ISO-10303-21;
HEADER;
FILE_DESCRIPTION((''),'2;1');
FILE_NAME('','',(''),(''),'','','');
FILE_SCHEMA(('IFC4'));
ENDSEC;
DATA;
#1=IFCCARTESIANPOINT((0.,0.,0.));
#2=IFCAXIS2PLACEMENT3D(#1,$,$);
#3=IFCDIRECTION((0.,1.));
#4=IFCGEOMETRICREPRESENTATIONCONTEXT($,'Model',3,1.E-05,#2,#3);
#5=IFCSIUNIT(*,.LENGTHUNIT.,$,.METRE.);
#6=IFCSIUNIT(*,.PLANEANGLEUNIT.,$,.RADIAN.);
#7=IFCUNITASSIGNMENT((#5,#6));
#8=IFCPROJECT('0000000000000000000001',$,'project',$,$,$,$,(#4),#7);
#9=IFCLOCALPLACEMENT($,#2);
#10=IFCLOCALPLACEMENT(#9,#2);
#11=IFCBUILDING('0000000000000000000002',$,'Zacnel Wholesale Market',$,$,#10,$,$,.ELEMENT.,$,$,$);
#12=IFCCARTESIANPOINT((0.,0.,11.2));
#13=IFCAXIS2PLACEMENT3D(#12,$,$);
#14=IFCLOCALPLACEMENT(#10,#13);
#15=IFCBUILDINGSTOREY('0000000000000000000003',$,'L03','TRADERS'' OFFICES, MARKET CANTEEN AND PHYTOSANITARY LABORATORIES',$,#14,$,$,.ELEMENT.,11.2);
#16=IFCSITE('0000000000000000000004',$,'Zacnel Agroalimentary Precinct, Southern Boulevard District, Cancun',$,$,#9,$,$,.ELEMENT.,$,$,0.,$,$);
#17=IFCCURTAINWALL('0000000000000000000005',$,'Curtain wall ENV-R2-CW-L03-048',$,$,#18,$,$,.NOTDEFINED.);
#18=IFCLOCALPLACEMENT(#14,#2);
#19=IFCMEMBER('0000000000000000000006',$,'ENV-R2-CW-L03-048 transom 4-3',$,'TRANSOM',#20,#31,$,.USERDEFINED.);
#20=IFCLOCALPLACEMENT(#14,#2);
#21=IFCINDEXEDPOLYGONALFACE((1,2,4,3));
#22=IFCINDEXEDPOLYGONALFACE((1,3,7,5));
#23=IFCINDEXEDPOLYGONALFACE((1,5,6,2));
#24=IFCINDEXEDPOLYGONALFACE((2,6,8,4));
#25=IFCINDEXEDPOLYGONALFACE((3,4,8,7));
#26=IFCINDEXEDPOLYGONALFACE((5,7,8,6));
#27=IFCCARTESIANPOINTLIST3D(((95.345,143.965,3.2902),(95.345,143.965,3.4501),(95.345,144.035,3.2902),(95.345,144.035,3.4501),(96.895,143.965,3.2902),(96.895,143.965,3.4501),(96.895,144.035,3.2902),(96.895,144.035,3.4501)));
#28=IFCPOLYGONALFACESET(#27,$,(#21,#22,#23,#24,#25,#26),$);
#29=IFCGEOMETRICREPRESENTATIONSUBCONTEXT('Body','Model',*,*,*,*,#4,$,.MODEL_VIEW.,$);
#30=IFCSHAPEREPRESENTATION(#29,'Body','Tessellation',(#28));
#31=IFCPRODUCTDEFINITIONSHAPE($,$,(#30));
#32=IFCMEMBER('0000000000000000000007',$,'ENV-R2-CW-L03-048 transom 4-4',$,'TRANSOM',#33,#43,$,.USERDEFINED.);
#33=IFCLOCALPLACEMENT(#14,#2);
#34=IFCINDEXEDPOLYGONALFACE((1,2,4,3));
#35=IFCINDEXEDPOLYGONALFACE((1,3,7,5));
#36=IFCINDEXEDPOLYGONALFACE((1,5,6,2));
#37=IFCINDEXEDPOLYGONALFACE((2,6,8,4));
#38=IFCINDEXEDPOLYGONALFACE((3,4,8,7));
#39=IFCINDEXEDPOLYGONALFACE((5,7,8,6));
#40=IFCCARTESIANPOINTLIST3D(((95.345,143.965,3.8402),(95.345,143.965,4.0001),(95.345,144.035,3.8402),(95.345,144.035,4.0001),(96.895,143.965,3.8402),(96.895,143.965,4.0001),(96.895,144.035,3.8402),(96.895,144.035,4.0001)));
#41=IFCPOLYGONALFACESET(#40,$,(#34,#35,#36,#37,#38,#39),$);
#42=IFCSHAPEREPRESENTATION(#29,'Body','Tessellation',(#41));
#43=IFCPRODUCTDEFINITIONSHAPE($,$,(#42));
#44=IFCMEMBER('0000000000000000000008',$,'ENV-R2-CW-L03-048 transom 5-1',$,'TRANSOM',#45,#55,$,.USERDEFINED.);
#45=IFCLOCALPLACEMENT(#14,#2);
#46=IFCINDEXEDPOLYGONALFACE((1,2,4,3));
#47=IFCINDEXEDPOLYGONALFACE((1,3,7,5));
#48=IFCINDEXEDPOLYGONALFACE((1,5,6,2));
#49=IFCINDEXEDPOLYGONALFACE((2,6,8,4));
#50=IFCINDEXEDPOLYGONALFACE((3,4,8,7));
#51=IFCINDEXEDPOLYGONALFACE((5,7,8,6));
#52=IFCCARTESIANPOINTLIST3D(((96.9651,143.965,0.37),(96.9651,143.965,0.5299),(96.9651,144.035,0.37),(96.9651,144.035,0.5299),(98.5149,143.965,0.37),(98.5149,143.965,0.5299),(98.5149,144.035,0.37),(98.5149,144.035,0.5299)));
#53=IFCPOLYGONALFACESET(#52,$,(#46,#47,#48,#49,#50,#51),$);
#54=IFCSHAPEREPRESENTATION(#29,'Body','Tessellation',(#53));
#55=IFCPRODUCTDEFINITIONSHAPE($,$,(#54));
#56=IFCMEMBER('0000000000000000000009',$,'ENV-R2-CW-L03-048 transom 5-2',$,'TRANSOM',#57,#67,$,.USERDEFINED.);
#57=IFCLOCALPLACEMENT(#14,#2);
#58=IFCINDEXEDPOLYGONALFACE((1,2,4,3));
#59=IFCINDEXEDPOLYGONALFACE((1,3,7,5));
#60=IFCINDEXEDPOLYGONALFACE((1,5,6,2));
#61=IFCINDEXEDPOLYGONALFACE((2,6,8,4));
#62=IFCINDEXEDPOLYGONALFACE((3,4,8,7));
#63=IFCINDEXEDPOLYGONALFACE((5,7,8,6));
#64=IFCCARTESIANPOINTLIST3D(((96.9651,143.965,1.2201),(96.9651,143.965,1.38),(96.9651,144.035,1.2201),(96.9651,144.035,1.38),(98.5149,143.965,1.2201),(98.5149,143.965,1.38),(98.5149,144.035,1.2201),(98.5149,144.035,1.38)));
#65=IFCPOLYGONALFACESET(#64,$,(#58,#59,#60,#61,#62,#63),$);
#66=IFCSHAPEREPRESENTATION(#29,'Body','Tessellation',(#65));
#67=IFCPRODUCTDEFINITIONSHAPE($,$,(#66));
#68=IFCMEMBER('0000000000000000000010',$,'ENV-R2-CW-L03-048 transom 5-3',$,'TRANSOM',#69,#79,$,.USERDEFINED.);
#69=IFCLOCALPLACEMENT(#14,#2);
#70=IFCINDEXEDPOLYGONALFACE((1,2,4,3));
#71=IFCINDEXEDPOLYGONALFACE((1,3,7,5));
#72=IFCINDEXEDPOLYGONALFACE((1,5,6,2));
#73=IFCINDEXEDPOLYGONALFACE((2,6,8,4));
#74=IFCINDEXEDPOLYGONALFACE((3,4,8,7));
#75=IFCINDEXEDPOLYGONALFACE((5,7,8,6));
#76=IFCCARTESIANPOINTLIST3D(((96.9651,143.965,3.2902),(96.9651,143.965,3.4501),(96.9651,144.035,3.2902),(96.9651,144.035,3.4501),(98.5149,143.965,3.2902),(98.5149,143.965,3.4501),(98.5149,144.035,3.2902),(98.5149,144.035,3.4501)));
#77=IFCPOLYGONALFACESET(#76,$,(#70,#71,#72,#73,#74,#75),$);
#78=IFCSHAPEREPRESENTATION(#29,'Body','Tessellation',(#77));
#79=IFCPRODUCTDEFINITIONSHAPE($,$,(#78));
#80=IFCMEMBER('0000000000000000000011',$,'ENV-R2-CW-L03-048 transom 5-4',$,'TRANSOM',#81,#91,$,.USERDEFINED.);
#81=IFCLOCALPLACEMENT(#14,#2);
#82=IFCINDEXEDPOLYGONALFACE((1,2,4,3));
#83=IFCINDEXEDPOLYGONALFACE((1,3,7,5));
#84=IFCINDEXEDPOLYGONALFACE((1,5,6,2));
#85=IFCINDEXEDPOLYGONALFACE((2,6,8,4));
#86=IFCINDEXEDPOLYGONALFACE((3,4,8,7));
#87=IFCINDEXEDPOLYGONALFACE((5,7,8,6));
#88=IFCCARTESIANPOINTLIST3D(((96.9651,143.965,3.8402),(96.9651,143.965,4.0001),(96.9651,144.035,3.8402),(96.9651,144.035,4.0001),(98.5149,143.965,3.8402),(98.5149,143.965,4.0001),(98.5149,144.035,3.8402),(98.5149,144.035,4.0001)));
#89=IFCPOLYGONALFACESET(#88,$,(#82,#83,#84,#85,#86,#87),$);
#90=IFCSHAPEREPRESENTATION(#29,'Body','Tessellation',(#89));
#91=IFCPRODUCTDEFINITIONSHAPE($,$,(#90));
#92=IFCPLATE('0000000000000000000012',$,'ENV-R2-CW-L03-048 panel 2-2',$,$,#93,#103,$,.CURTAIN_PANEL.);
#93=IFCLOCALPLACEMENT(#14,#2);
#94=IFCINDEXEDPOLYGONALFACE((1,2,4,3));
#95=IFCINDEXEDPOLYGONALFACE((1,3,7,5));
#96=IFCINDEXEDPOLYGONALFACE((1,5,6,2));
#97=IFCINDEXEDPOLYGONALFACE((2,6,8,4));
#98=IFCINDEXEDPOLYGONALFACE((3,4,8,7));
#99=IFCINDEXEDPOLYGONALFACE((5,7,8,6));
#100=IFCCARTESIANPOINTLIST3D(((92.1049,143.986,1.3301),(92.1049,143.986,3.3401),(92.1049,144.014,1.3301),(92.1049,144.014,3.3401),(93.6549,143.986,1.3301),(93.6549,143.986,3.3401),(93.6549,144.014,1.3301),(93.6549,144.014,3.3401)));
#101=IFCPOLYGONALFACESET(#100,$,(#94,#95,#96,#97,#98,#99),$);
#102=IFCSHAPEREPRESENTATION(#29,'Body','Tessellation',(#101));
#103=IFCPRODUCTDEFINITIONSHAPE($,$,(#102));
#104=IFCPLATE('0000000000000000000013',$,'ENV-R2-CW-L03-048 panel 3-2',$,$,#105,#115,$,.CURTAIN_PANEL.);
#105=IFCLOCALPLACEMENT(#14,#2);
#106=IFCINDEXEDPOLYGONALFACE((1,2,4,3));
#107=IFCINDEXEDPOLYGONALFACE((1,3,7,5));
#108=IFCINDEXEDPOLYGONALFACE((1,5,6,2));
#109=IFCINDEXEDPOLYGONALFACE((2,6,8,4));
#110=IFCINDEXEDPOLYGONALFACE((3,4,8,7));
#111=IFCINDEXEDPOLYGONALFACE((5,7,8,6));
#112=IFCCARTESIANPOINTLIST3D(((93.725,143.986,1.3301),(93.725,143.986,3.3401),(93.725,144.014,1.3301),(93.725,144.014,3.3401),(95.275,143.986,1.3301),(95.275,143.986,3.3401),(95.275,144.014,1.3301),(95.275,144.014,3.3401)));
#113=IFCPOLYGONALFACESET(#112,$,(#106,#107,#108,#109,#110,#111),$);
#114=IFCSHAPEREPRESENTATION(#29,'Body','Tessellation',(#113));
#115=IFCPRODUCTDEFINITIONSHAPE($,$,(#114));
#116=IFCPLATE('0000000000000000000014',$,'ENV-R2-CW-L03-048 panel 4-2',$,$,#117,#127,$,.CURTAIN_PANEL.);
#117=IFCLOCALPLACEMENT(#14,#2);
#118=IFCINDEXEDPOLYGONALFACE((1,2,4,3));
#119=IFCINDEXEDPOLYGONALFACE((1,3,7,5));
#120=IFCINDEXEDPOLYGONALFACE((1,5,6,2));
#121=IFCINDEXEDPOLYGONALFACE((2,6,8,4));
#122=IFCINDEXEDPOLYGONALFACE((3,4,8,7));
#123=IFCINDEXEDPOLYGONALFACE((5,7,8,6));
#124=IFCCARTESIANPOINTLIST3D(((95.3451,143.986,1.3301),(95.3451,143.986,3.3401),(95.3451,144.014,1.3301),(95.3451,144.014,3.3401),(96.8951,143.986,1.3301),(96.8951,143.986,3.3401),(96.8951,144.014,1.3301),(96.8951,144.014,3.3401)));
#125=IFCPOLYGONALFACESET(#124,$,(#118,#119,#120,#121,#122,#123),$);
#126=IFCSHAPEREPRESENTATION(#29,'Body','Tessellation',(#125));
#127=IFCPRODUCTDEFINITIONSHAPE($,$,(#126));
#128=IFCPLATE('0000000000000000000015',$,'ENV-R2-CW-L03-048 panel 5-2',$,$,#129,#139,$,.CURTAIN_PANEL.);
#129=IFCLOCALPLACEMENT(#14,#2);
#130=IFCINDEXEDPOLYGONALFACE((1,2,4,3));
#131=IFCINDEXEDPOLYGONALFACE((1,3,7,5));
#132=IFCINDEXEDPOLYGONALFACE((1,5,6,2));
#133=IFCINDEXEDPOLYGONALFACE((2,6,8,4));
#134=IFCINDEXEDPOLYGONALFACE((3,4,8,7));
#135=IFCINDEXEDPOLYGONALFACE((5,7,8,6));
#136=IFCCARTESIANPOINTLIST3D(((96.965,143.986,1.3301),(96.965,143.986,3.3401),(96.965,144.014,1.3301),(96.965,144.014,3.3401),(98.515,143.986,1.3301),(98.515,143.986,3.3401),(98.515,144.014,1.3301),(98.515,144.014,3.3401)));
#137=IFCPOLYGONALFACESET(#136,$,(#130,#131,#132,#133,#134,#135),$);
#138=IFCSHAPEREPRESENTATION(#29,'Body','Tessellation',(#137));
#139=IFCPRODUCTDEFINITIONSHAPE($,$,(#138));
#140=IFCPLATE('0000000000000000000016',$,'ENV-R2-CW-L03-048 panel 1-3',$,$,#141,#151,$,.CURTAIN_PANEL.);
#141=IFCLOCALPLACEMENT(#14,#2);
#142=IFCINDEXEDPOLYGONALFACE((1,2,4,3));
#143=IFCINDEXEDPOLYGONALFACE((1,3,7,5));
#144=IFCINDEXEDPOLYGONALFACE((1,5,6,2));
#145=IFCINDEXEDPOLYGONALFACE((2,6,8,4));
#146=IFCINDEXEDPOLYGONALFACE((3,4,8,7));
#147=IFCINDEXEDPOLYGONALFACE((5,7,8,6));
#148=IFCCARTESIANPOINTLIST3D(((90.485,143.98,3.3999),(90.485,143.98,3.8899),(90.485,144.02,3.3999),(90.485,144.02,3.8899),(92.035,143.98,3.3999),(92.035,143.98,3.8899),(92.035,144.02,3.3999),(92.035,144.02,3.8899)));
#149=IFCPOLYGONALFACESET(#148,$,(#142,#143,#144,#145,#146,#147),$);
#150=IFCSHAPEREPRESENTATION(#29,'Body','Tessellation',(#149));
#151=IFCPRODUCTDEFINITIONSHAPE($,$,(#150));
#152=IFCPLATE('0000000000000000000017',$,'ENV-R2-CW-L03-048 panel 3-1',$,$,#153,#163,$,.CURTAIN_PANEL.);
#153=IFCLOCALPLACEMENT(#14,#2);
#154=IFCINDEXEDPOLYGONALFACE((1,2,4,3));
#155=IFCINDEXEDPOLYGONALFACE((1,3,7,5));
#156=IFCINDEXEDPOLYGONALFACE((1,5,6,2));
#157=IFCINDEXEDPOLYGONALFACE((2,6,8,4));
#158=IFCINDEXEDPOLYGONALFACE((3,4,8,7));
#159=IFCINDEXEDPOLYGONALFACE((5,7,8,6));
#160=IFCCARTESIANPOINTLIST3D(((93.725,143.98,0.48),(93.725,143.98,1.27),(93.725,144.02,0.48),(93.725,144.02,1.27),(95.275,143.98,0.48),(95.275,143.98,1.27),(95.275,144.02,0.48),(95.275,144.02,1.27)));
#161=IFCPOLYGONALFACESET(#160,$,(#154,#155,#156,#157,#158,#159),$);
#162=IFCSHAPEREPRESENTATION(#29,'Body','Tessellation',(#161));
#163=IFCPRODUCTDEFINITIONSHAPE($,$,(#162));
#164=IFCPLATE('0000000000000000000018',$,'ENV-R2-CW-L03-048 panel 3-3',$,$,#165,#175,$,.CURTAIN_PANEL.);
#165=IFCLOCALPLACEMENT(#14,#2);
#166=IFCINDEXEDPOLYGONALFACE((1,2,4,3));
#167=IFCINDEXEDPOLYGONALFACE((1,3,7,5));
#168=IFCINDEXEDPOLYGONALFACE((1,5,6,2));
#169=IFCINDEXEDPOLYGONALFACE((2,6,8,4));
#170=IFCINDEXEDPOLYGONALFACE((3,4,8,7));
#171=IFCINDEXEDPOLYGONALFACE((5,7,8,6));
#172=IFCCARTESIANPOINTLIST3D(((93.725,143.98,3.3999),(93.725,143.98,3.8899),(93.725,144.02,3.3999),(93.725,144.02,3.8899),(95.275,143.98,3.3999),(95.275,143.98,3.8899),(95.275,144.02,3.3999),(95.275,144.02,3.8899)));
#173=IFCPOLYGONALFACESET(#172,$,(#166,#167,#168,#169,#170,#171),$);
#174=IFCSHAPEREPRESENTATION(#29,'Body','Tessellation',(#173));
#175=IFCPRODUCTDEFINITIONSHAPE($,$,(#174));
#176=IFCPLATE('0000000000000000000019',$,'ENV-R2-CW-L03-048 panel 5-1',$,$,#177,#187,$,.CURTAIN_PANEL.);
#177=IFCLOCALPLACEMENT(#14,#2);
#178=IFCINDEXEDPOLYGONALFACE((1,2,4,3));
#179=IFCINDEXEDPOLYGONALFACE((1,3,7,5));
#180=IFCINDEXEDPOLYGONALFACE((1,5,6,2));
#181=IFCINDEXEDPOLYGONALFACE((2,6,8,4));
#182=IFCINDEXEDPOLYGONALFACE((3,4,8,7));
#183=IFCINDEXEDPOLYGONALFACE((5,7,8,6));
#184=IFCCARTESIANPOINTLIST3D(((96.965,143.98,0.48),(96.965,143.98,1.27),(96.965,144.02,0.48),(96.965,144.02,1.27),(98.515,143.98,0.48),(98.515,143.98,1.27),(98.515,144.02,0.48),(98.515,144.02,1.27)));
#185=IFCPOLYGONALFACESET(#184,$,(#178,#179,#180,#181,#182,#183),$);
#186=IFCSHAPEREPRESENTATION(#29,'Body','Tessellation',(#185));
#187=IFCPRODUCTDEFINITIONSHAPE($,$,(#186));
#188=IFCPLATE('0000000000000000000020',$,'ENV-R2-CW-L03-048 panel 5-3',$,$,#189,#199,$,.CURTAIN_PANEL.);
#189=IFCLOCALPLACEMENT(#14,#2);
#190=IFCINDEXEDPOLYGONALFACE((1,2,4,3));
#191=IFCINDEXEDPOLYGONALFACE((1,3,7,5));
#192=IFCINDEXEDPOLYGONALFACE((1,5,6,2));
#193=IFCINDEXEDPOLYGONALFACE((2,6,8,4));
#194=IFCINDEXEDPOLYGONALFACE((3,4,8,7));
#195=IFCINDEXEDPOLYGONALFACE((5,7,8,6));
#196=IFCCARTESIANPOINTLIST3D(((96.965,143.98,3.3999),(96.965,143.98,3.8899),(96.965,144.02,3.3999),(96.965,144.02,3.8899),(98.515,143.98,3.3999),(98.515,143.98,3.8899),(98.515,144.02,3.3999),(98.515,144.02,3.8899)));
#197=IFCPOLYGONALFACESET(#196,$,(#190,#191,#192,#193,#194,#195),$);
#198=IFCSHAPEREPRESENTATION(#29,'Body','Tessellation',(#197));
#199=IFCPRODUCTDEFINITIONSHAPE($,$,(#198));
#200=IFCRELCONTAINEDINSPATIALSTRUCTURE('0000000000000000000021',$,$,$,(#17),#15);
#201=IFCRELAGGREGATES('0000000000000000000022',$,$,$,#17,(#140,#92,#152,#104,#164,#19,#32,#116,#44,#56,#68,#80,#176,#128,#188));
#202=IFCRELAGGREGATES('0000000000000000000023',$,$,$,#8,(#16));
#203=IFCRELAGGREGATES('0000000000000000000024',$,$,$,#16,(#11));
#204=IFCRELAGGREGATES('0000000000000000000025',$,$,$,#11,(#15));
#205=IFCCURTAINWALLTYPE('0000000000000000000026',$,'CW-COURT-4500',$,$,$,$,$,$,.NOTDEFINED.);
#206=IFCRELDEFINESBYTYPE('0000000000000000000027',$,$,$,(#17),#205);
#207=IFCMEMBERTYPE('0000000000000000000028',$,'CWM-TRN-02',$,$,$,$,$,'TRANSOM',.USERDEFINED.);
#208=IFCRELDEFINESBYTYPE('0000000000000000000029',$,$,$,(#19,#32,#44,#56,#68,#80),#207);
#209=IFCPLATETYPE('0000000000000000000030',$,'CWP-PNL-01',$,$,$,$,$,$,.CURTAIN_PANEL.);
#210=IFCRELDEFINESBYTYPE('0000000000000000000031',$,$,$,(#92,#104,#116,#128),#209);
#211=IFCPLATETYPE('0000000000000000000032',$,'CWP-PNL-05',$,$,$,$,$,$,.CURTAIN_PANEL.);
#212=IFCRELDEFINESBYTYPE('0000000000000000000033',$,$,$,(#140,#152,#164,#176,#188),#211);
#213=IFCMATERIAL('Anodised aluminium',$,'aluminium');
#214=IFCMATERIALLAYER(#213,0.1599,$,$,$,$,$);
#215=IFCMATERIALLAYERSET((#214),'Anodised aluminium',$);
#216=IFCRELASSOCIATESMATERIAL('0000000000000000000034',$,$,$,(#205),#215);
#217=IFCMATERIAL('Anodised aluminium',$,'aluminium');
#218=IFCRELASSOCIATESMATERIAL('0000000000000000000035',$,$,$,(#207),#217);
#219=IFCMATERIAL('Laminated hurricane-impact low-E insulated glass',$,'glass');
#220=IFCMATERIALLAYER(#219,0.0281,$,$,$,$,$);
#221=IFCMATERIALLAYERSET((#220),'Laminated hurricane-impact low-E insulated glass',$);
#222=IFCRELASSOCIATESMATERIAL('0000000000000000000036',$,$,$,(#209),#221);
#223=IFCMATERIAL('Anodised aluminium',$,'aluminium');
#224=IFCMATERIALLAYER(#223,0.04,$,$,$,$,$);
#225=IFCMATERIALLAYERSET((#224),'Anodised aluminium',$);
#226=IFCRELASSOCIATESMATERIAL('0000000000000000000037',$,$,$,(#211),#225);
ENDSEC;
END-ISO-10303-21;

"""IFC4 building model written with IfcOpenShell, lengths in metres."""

from ifc_helpers import new_model, si_unit, direction, frame, origin, origin_2d, place, context, subcontext, project, spatial, rectangle, extrude, material, layer, layer_set, material_profile, profile_set, type_object, element, aggregate, save


model = new_model("IFC4")

# Units and contexts
model_context = context("Model", 3, precision=1e-05, world=origin(), true_north=direction((0.0, 1.0)))
body_context = subcontext(model_context, "Body", "Model", "MODEL_VIEW")
ifc_project = project(units=[si_unit("LENGTHUNIT", "METRE"), si_unit("PLANEANGLEUNIT", "RADIAN")], contexts=[model_context])

# Site, building, storey
site_placement = place(None, origin())
site = spatial("IfcSite", under=ifc_project, at=site_placement, Name="Zacnel Agroalimentary Precinct, Southern Boulevard District, Cancun", CompositionType="ELEMENT", RefElevation=0.0)
building_placement = place(site_placement, origin())
building = spatial("IfcBuilding", under=site, at=building_placement, Name="Zacnel Wholesale Market", CompositionType="ELEMENT")
storey_placement = place(building_placement, frame((0.0, 0.0, 11.2)))
storey = spatial("IfcBuildingStorey", under=building, at=storey_placement, Name="L03", Description="TRADERS' OFFICES, MARKET CANTEEN AND PHYTOSANITARY LABORATORIES", CompositionType="ELEMENT", Elevation=11.2)

# Curtain wall, members, plates
ifc_material_1 = material(Name="Anodised aluminium", Category="aluminium")
ifc_layer_1 = layer(ifc_material_1, 0.1599)
ifc_layer_set_1 = layer_set([ifc_layer_1], Name="Anodised aluminium")
curtain_wall_type = type_object("IfcCurtainWallType", Name="CW-COURT-4500", PredefinedType="NOTDEFINED", material=ifc_layer_set_1)
curtain_wall_placement = place(storey_placement, origin())
curtain_wall = element("IfcCurtainWall", 1, at=curtain_wall_placement, inside=storey, type_object=curtain_wall_type, Name="Curtain wall ENV-R2-CW-L03-048", PredefinedType="NOTDEFINED")
ifc_material_2 = material(Name="Anodised aluminium", Category="aluminium")
ifc_material_profile_1 = material_profile(ifc_material_2, rectangle(XDim=0.0701, YDim=0.1599, at=origin_2d()), Name="AW-TRANSOM 70x160")
ifc_profile_set_1 = profile_set([ifc_material_profile_1], Name="Anodised aluminium")
member_type_1 = type_object("IfcMemberType", Name="CWM-TRN-02", ElementType="TRANSOM", PredefinedType="USERDEFINED", material=ifc_profile_set_1)
member_1_placement = place(storey_placement, frame((95.345, 144.0, 3.3701), z_axis=(1.0, 0.0, 0.0), x_axis=(0.0, 1.0, 0.0)))
member_1 = element("IfcMember", 2, at=member_1_placement, type_object=member_type_1, Name="ENV-R2-CW-L03-048 transom 4-3", ObjectType="TRANSOM", PredefinedType="USERDEFINED", context=body_context, shape_type="SweptSolid", body=[
    extrude(rectangle(XDim=0.0701, YDim=0.1599, at=origin_2d()), origin(), (0.0, 0.0, 1.0), 1.55),
])
member_2_placement = place(storey_placement, frame((95.345, 144.0, 3.9202), z_axis=(1.0, 0.0, 0.0), x_axis=(0.0, 1.0, 0.0)))
member_2 = element("IfcMember", 3, at=member_2_placement, type_object=member_type_1, Name="ENV-R2-CW-L03-048 transom 4-4", ObjectType="TRANSOM", PredefinedType="USERDEFINED", context=body_context, shape_type="SweptSolid", body=[
    extrude(rectangle(XDim=0.0701, YDim=0.1599, at=origin_2d()), origin(), (0.0, 0.0, 1.0), 1.55),
])
member_3_placement = place(storey_placement, frame((96.9651, 144.0, 0.45), z_axis=(1.0, 0.0, 0.0), x_axis=(0.0, 1.0, 0.0)))
member_3 = element("IfcMember", 4, at=member_3_placement, type_object=member_type_1, Name="ENV-R2-CW-L03-048 transom 5-1", ObjectType="TRANSOM", PredefinedType="USERDEFINED", context=body_context, shape_type="SweptSolid", body=[
    extrude(rectangle(XDim=0.0701, YDim=0.1599, at=origin_2d()), origin(), (0.0, 0.0, 1.0), 1.5498),
])
member_4_placement = place(storey_placement, frame((96.9651, 144.0, 1.3), z_axis=(1.0, 0.0, 0.0), x_axis=(0.0, 1.0, 0.0)))
member_4 = element("IfcMember", 5, at=member_4_placement, type_object=member_type_1, Name="ENV-R2-CW-L03-048 transom 5-2", ObjectType="TRANSOM", PredefinedType="USERDEFINED", context=body_context, shape_type="SweptSolid", body=[
    extrude(rectangle(XDim=0.0701, YDim=0.1599, at=origin_2d()), origin(), (0.0, 0.0, 1.0), 1.5498),
])
member_5_placement = place(storey_placement, frame((96.9651, 144.0, 3.3701), z_axis=(1.0, 0.0, 0.0), x_axis=(0.0, 1.0, 0.0)))
member_5 = element("IfcMember", 6, at=member_5_placement, type_object=member_type_1, Name="ENV-R2-CW-L03-048 transom 5-3", ObjectType="TRANSOM", PredefinedType="USERDEFINED", context=body_context, shape_type="SweptSolid", body=[
    extrude(rectangle(XDim=0.0701, YDim=0.1599, at=origin_2d()), origin(), (0.0, 0.0, 1.0), 1.5498),
])
member_6_placement = place(storey_placement, frame((96.9651, 144.0, 3.9202), z_axis=(1.0, 0.0, 0.0), x_axis=(0.0, 1.0, 0.0)))
member_6 = element("IfcMember", 7, at=member_6_placement, type_object=member_type_1, Name="ENV-R2-CW-L03-048 transom 5-4", ObjectType="TRANSOM", PredefinedType="USERDEFINED", context=body_context, shape_type="SweptSolid", body=[
    extrude(rectangle(XDim=0.0701, YDim=0.1599, at=origin_2d()), origin(), (0.0, 0.0, 1.0), 1.5498),
])
ifc_material_3 = material(Name="Laminated hurricane-impact low-E insulated glass", Category="glass")
ifc_layer_2 = layer(ifc_material_3, 0.0281)
ifc_layer_set_2 = layer_set([ifc_layer_2], Name="Laminated hurricane-impact low-E insulated glass")
plate_type_1 = type_object("IfcPlateType", Name="CWP-PNL-01", PredefinedType="CURTAIN_PANEL", material=ifc_layer_set_2)
plate_1_placement = place(storey_placement, frame((92.8799, 144.0, 1.3301), z_axis=(0.0, 0.0, 1.0), x_axis=(1.0, 0.0, 0.0)))
plate_1 = element("IfcPlate", 8, at=plate_1_placement, type_object=plate_type_1, Name="ENV-R2-CW-L03-048 panel 2-2", PredefinedType="CURTAIN_PANEL", context=body_context, shape_type="SweptSolid", body=[
    extrude(rectangle(XDim=1.55, YDim=0.0281, at=origin_2d()), origin(), (0.0, 0.0, 1.0), 2.01),
])
plate_2_placement = place(storey_placement, frame((94.5, 144.0, 1.3301), z_axis=(0.0, 0.0, 1.0), x_axis=(1.0, 0.0, 0.0)))
plate_2 = element("IfcPlate", 9, at=plate_2_placement, type_object=plate_type_1, Name="ENV-R2-CW-L03-048 panel 3-2", PredefinedType="CURTAIN_PANEL", context=body_context, shape_type="SweptSolid", body=[
    extrude(rectangle(XDim=1.55, YDim=0.0281, at=origin_2d()), origin(), (0.0, 0.0, 1.0), 2.01),
])
plate_3_placement = place(storey_placement, frame((96.1201, 144.0, 1.3301), z_axis=(0.0, 0.0, 1.0), x_axis=(1.0, 0.0, 0.0)))
plate_3 = element("IfcPlate", 10, at=plate_3_placement, type_object=plate_type_1, Name="ENV-R2-CW-L03-048 panel 4-2", PredefinedType="CURTAIN_PANEL", context=body_context, shape_type="SweptSolid", body=[
    extrude(rectangle(XDim=1.55, YDim=0.0281, at=origin_2d()), origin(), (0.0, 0.0, 1.0), 2.01),
])
plate_4_placement = place(storey_placement, frame((97.74, 144.0, 1.3301), z_axis=(0.0, 0.0, 1.0), x_axis=(1.0, 0.0, 0.0)))
plate_4 = element("IfcPlate", 11, at=plate_4_placement, type_object=plate_type_1, Name="ENV-R2-CW-L03-048 panel 5-2", PredefinedType="CURTAIN_PANEL", context=body_context, shape_type="SweptSolid", body=[
    extrude(rectangle(XDim=1.55, YDim=0.0281, at=origin_2d()), origin(), (0.0, 0.0, 1.0), 2.01),
])
ifc_material_4 = material(Name="Anodised aluminium", Category="aluminium")
ifc_layer_3 = layer(ifc_material_4, 0.04)
ifc_layer_set_3 = layer_set([ifc_layer_3], Name="Anodised aluminium")
plate_type_2 = type_object("IfcPlateType", Name="CWP-PNL-05", PredefinedType="CURTAIN_PANEL", material=ifc_layer_set_3)
plate_5_placement = place(storey_placement, frame((91.26, 144.0, 3.3999), z_axis=(0.0, 0.0, 1.0), x_axis=(1.0, 0.0, 0.0)))
plate_5 = element("IfcPlate", 12, at=plate_5_placement, type_object=plate_type_2, Name="ENV-R2-CW-L03-048 panel 1-3", PredefinedType="CURTAIN_PANEL", context=body_context, shape_type="SweptSolid", body=[
    extrude(rectangle(XDim=1.55, YDim=0.04, at=origin_2d()), origin(), (0.0, 0.0, 1.0), 0.49),
])
plate_6_placement = place(storey_placement, frame((94.5, 144.0, 0.48), z_axis=(0.0, 0.0, 1.0), x_axis=(1.0, 0.0, 0.0)))
plate_6 = element("IfcPlate", 13, at=plate_6_placement, type_object=plate_type_2, Name="ENV-R2-CW-L03-048 panel 3-1", PredefinedType="CURTAIN_PANEL", context=body_context, shape_type="SweptSolid", body=[
    extrude(rectangle(XDim=1.55, YDim=0.04, at=origin_2d()), origin(), (0.0, 0.0, 1.0), 0.79),
])
plate_7_placement = place(storey_placement, frame((94.5, 144.0, 3.3999), z_axis=(0.0, 0.0, 1.0), x_axis=(1.0, 0.0, 0.0)))
plate_7 = element("IfcPlate", 14, at=plate_7_placement, type_object=plate_type_2, Name="ENV-R2-CW-L03-048 panel 3-3", PredefinedType="CURTAIN_PANEL", context=body_context, shape_type="SweptSolid", body=[
    extrude(rectangle(XDim=1.55, YDim=0.04, at=origin_2d()), origin(), (0.0, 0.0, 1.0), 0.49),
])
plate_8_placement = place(storey_placement, frame((97.74, 144.0, 0.48), z_axis=(0.0, 0.0, 1.0), x_axis=(1.0, 0.0, 0.0)))
plate_8 = element("IfcPlate", 15, at=plate_8_placement, type_object=plate_type_2, Name="ENV-R2-CW-L03-048 panel 5-1", PredefinedType="CURTAIN_PANEL", context=body_context, shape_type="SweptSolid", body=[
    extrude(rectangle(XDim=1.55, YDim=0.04, at=origin_2d()), origin(), (0.0, 0.0, 1.0), 0.79),
])
plate_9_placement = place(storey_placement, frame((97.74, 144.0, 3.3999), z_axis=(0.0, 0.0, 1.0), x_axis=(1.0, 0.0, 0.0)))
plate_9 = element("IfcPlate", 16, at=plate_9_placement, type_object=plate_type_2, Name="ENV-R2-CW-L03-048 panel 5-3", PredefinedType="CURTAIN_PANEL", context=body_context, shape_type="SweptSolid", body=[
    extrude(rectangle(XDim=1.55, YDim=0.04, at=origin_2d()), origin(), (0.0, 0.0, 1.0), 0.49),
])
aggregate(curtain_wall, [plate_5, plate_1, plate_6, plate_2, plate_7, member_1, member_2, plate_3, member_3, member_4, member_5, member_6, plate_8, plate_4, plate_9])

save(model, "model.ifc")
